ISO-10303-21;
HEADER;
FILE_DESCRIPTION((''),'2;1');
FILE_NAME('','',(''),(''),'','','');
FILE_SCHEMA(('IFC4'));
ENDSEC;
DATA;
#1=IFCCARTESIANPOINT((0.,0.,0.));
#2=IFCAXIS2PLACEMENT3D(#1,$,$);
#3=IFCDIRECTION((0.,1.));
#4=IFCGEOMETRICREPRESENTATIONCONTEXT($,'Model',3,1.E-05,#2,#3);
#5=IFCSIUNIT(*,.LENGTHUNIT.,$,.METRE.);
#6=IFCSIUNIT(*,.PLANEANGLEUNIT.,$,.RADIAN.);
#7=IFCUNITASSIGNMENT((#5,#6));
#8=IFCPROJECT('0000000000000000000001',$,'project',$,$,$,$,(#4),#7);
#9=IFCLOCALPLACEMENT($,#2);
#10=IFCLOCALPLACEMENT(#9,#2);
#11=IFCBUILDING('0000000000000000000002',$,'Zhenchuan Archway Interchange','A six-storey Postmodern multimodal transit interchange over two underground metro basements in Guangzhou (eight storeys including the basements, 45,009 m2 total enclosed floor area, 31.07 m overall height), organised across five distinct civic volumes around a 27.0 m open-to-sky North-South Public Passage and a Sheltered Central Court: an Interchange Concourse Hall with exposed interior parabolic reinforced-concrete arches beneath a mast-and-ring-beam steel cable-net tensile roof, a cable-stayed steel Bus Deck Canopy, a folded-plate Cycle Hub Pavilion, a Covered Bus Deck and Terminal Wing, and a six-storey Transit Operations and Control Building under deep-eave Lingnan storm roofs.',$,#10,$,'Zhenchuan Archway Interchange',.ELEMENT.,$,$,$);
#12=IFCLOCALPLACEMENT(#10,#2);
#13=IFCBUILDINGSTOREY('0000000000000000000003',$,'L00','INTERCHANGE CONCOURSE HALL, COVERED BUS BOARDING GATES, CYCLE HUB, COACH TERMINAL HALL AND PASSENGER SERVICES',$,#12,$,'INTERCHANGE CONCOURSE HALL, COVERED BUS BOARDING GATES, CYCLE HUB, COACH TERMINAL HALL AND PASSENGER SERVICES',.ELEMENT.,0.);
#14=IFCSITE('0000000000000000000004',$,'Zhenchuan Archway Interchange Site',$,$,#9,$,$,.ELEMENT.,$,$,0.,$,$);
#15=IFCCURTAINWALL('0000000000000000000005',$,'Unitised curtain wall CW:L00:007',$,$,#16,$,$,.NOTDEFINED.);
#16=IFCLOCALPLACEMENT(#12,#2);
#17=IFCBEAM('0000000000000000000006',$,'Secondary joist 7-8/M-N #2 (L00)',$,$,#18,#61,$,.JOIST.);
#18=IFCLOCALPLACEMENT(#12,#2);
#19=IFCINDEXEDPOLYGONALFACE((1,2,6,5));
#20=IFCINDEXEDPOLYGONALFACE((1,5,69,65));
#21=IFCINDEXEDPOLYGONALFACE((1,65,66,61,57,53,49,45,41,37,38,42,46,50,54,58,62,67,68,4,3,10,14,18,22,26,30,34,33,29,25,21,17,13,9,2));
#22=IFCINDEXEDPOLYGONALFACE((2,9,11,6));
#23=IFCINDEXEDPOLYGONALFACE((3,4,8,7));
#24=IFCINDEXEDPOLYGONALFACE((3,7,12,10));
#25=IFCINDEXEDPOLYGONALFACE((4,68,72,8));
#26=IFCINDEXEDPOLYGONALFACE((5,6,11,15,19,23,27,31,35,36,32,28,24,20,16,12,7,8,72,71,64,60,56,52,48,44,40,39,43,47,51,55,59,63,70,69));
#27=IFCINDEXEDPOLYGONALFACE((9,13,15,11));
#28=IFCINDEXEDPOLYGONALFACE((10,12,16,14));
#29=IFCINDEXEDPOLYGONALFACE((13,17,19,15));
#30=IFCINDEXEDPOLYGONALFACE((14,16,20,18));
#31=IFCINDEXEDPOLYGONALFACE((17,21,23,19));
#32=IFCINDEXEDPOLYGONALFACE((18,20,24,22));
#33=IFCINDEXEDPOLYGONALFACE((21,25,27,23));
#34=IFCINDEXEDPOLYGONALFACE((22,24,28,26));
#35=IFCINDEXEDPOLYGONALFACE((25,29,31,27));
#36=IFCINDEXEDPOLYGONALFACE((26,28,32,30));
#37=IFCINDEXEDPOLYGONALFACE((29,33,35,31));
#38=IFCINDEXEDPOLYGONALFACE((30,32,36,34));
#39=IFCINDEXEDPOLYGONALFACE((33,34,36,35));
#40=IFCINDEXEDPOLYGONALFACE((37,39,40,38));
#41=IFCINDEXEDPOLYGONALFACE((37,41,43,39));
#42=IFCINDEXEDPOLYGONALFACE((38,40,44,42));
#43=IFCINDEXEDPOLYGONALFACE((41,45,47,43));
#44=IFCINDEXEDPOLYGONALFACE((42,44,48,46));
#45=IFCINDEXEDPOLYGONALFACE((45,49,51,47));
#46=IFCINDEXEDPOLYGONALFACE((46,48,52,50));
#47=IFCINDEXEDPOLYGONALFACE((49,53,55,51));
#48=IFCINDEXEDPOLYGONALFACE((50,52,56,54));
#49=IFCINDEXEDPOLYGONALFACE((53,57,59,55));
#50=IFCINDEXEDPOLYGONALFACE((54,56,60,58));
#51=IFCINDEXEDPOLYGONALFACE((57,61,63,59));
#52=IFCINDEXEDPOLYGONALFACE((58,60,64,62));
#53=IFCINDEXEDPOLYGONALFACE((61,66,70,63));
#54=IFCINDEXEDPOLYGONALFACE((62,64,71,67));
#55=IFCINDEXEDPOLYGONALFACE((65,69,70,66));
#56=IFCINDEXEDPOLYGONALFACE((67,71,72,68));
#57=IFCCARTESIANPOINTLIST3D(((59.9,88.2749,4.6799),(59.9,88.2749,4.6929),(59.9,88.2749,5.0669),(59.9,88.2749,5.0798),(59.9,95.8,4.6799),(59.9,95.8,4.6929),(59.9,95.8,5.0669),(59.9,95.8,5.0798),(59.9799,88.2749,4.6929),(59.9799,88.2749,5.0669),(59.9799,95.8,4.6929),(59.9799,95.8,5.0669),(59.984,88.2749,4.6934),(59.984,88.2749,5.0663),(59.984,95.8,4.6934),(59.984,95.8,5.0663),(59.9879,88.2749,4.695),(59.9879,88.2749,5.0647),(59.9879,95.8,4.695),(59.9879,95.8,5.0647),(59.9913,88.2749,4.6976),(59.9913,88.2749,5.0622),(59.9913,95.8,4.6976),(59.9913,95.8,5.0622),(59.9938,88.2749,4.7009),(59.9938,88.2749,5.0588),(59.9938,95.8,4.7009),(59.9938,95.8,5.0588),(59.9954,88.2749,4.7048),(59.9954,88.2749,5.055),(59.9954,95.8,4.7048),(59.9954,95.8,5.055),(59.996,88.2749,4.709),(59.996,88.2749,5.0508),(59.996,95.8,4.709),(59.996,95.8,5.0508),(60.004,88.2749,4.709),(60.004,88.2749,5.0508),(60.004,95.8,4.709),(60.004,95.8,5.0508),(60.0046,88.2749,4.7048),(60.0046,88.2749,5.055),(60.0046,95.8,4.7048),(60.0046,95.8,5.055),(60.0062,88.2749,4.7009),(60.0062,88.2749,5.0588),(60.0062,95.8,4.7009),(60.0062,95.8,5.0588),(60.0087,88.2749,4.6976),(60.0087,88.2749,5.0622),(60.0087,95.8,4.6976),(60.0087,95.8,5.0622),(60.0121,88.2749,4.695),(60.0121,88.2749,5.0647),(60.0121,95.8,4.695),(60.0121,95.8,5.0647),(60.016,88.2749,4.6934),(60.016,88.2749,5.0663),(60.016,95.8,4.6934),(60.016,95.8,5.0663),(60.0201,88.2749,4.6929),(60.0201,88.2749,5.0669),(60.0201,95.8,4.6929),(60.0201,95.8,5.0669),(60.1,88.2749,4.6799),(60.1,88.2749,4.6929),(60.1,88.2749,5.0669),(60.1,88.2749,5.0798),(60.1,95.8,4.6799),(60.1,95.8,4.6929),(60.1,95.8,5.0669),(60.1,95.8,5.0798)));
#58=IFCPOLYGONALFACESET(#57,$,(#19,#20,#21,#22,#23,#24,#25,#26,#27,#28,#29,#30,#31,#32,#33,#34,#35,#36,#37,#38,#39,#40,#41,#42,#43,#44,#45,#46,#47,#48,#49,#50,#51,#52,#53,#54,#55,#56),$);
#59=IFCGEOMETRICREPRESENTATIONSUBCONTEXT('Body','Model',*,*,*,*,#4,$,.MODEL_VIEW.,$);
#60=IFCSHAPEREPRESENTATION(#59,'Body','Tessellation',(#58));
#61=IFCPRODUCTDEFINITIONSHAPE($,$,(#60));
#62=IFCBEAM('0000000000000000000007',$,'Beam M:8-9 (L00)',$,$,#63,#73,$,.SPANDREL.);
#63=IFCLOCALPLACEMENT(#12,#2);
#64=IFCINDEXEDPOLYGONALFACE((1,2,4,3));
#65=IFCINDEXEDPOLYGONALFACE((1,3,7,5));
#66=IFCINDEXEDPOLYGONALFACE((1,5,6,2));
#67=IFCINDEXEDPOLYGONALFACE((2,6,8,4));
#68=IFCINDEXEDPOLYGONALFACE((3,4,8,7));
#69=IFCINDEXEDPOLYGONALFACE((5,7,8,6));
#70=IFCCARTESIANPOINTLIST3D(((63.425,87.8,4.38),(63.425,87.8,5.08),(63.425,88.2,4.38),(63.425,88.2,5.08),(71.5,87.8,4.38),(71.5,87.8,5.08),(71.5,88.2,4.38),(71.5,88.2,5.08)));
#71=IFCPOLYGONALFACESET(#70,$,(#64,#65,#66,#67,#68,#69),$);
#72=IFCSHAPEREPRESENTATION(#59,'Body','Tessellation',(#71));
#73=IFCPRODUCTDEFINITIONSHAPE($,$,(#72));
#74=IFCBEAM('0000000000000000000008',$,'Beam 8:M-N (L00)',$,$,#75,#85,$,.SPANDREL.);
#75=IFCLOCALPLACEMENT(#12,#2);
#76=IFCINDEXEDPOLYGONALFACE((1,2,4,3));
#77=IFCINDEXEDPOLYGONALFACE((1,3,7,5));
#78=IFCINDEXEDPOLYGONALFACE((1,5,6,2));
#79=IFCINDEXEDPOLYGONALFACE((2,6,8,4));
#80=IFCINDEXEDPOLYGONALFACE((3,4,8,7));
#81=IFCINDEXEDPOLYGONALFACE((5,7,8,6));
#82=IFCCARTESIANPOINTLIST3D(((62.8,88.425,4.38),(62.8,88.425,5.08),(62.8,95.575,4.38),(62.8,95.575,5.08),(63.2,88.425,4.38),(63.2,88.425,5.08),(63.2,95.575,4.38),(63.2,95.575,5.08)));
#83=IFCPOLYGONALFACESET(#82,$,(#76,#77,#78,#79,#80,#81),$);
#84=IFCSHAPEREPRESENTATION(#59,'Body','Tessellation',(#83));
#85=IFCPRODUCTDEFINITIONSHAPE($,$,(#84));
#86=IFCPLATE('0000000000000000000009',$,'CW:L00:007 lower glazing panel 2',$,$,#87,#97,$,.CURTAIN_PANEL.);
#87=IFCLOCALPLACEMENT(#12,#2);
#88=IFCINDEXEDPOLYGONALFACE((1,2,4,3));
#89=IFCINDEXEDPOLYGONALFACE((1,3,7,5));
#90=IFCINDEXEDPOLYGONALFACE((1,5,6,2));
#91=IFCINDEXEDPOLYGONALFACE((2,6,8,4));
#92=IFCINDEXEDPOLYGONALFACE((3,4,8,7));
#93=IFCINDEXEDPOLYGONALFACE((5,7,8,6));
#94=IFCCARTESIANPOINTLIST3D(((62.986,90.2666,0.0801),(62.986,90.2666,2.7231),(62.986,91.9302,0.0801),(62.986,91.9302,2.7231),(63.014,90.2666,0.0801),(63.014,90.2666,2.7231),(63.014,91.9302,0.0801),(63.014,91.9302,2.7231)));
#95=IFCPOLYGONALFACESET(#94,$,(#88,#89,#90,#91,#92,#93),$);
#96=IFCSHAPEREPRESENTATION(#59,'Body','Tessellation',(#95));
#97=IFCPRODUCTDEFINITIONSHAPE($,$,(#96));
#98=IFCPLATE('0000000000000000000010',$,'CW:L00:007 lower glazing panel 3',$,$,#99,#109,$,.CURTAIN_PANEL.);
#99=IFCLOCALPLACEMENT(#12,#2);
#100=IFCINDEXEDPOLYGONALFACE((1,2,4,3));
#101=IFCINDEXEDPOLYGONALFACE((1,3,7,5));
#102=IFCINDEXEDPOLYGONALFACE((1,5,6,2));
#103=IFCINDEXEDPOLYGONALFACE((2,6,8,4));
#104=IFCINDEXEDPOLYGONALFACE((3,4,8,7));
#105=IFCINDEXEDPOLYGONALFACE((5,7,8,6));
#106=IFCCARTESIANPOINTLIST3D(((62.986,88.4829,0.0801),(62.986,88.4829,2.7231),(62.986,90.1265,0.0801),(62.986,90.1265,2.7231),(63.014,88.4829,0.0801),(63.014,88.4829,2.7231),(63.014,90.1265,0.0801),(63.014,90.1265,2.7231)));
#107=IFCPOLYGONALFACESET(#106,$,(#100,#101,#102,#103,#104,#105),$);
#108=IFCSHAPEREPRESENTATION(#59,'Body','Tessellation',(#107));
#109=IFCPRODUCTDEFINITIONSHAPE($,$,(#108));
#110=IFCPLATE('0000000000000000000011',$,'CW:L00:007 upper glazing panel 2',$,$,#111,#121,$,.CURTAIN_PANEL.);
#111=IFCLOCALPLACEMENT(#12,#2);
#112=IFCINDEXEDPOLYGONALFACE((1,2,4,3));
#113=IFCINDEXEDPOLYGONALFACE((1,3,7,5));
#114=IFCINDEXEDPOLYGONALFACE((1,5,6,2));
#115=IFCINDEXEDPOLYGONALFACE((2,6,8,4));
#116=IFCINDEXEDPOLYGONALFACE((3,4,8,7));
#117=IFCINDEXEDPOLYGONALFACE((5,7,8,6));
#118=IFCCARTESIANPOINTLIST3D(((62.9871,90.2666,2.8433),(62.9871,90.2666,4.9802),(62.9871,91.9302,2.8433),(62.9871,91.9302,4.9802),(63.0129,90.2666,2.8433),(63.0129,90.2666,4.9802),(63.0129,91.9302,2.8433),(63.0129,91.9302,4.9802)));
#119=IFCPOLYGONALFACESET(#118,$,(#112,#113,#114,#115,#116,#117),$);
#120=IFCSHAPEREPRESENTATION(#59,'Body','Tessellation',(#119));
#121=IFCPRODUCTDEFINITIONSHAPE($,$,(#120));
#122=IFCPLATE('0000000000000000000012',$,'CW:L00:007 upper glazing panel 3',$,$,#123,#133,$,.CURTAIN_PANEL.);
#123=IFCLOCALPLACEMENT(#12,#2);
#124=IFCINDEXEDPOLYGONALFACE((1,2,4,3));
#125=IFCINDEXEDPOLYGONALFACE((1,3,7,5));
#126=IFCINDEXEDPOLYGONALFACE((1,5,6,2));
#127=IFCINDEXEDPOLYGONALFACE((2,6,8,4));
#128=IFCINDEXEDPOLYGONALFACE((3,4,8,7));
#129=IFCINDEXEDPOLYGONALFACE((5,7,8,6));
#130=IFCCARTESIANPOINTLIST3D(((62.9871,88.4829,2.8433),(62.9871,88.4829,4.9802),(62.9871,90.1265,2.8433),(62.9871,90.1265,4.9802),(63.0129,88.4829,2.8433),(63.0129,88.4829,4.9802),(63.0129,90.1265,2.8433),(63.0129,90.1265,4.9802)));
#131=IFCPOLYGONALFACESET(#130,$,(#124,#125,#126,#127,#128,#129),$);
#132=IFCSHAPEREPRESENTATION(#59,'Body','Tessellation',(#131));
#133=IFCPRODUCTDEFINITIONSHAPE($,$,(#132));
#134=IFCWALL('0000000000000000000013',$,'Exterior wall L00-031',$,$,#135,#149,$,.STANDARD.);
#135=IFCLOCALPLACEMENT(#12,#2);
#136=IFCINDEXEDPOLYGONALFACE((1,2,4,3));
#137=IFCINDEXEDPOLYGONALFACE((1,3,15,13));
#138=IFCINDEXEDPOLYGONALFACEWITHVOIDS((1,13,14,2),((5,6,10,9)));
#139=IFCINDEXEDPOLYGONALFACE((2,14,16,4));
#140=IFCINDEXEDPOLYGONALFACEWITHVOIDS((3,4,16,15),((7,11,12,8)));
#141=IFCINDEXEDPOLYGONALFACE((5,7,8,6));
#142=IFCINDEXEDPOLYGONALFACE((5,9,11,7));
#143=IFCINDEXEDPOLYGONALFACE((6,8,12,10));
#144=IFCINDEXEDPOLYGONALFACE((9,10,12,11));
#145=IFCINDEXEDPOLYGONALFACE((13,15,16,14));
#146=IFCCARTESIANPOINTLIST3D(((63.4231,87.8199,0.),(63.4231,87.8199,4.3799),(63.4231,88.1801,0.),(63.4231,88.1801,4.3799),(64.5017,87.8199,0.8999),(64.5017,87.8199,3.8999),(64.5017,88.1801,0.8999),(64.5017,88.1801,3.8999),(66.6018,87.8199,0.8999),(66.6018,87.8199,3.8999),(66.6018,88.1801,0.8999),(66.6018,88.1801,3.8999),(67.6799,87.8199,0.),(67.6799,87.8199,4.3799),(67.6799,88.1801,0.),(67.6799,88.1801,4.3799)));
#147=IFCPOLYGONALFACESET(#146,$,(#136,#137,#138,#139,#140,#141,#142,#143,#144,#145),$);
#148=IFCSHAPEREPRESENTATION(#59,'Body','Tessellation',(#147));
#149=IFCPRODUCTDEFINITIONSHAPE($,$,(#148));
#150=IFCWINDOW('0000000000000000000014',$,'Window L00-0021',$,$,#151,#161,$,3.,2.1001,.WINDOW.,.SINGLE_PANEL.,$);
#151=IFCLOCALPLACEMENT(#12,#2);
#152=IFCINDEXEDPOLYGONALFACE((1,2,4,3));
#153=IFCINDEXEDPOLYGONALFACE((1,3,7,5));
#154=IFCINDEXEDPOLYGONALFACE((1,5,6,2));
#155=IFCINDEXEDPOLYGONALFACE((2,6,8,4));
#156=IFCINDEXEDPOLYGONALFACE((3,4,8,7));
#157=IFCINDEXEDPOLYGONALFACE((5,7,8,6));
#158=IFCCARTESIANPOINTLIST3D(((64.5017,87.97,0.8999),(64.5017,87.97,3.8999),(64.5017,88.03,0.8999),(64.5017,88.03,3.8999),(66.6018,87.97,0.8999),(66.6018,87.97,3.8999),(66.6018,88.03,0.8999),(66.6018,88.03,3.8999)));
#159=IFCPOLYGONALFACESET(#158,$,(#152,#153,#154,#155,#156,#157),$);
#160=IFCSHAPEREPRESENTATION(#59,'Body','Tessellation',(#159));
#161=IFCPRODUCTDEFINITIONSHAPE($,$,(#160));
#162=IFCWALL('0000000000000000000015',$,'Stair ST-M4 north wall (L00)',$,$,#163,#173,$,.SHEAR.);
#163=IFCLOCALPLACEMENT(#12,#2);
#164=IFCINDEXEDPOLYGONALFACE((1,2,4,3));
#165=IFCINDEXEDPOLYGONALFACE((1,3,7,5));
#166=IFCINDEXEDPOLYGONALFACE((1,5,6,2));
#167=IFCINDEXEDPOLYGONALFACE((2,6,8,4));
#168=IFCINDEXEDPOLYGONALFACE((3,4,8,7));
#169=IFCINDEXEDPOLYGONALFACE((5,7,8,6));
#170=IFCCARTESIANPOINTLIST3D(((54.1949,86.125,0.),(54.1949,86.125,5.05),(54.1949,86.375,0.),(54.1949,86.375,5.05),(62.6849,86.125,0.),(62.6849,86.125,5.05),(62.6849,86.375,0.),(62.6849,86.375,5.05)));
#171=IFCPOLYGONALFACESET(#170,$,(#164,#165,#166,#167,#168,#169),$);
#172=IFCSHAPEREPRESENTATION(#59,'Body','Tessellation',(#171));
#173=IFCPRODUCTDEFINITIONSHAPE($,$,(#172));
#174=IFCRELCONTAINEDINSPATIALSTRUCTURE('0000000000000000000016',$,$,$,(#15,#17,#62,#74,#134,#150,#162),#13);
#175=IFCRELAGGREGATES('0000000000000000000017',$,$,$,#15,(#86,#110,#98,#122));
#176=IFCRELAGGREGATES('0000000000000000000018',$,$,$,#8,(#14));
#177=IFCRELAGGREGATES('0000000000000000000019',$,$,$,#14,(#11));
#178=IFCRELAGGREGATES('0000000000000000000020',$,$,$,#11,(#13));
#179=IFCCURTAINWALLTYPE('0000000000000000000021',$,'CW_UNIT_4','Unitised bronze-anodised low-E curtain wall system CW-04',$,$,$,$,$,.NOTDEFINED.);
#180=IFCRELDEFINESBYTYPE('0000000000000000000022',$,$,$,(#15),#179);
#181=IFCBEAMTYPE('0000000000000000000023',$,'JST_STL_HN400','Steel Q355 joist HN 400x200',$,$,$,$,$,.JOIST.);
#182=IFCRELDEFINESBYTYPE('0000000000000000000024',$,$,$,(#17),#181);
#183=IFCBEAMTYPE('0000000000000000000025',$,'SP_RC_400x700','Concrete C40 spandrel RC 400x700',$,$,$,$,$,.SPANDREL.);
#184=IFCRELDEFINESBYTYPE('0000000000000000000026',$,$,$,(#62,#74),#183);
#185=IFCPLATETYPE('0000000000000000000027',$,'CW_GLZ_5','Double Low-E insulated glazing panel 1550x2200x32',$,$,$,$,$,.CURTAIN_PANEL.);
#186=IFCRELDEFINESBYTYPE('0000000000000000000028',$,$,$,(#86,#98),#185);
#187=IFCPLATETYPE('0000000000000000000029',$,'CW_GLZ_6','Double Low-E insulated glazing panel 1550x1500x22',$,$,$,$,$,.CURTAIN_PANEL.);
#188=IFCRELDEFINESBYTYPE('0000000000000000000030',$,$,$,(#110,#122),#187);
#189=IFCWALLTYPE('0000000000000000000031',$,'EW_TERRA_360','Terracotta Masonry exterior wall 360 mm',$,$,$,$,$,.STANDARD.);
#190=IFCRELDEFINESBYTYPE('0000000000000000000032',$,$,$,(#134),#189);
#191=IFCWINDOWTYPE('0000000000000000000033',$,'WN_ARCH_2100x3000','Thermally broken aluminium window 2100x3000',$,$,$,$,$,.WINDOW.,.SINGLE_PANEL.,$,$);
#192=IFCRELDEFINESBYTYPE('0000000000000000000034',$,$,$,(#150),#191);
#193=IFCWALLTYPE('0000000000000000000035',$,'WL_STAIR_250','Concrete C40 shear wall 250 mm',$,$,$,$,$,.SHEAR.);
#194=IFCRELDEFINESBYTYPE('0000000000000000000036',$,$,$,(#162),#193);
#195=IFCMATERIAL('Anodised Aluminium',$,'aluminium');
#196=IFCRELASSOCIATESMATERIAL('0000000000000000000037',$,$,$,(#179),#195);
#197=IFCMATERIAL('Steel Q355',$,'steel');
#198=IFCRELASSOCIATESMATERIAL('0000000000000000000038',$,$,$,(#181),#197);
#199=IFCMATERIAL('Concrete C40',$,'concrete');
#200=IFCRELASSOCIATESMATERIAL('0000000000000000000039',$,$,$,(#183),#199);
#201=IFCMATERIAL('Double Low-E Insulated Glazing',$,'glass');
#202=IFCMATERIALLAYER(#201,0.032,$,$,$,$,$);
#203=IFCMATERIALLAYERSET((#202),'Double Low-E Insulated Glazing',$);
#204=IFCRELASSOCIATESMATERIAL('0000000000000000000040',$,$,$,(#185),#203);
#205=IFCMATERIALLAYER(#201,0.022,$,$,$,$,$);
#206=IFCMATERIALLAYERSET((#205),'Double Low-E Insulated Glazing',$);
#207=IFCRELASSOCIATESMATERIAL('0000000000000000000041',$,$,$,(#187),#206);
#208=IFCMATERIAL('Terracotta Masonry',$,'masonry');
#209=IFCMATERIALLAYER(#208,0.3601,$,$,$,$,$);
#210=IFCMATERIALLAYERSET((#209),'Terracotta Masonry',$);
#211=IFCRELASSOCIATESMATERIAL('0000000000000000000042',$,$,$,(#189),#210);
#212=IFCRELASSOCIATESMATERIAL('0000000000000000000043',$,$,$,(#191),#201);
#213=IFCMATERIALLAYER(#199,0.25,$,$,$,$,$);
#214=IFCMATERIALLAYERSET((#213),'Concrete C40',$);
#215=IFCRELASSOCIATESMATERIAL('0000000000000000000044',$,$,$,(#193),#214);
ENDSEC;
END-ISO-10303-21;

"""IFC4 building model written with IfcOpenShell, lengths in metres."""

from ifc_helpers import new_model, si_unit, direction, frame, frame_2d, origin, origin_2d, place, context, subcontext, project, spatial, rectangle, i_section, extrude, material, layer, layer_set, material_profile, profile_set, type_object, element, fill, aggregate, save


model = new_model("IFC4")

# Units and contexts
model_context = context("Model", 3, precision=1e-05, world=origin(), true_north=direction((0.0, 1.0)))
body_context = subcontext(model_context, "Body", "Model", "MODEL_VIEW")
ifc_project = project(units=[si_unit("LENGTHUNIT", "METRE"), si_unit("PLANEANGLEUNIT", "RADIAN")], contexts=[model_context])

# Site, building, storey
site_placement = place(None, origin())
site = spatial("IfcSite", under=ifc_project, at=site_placement, Name="Zhenchuan Archway Interchange Site", CompositionType="ELEMENT", RefElevation=0.0)
building_placement = place(site_placement, origin())
building = spatial("IfcBuilding", under=site, at=building_placement, Name="Zhenchuan Archway Interchange", Description="A six-storey Postmodern multimodal transit interchange over two underground metro basements in Guangzhou (eight storeys including the basements, 45,009 m2 total enclosed floor area, 31.07 m overall height), organised across five distinct civic volumes around a 27.0 m open-to-sky North-South Public Passage and a Sheltered Central Court: an Interchange Concourse Hall with exposed interior parabolic reinforced-concrete arches beneath a mast-and-ring-beam steel cable-net tensile roof, a cable-stayed steel Bus Deck Canopy, a folded-plate Cycle Hub Pavilion, a Covered Bus Deck and Terminal Wing, and a six-storey Transit Operations and Control Building under deep-eave Lingnan storm roofs.", LongName="Zhenchuan Archway Interchange", CompositionType="ELEMENT")
storey_placement = place(building_placement, origin())
storey = spatial("IfcBuildingStorey", under=building, at=storey_placement, Name="L00", Description="INTERCHANGE CONCOURSE HALL, COVERED BUS BOARDING GATES, CYCLE HUB, COACH TERMINAL HALL AND PASSENGER SERVICES", LongName="INTERCHANGE CONCOURSE HALL, COVERED BUS BOARDING GATES, CYCLE HUB, COACH TERMINAL HALL AND PASSENGER SERVICES", CompositionType="ELEMENT", Elevation=0.0)

# Shared definitions
ifc_material_1 = material(Name="Concrete C40", Category="concrete")

# Curtain wall
ifc_material_2 = material(Name="Anodised Aluminium", Category="aluminium")
curtain_wall_type = type_object("IfcCurtainWallType", Name="CW_UNIT_4", Description="Unitised bronze-anodised low-E curtain wall system CW-04", PredefinedType="NOTDEFINED", material=ifc_material_2)
curtain_wall_placement = place(storey_placement, origin())
curtain_wall = element("IfcCurtainWall", 1, at=curtain_wall_placement, inside=storey, type_object=curtain_wall_type, Name="Unitised curtain wall CW:L00:007", PredefinedType="NOTDEFINED")

# Beams
ifc_material_3 = material(Name="Steel Q355", Category="steel")
ifc_material_profile_1 = material_profile(ifc_material_3, i_section(OverallWidth=0.2, OverallDepth=0.3999, WebThickness=0.0081, FlangeThickness=0.0129, FilletRadius=0.0161, at=origin_2d()), Name="HN 400x200")
ifc_profile_set_1 = profile_set([ifc_material_profile_1], Name="Steel Q355")
beam_type_1 = type_object("IfcBeamType", Name="JST_STL_HN400", Description="Steel Q355 joist HN 400x200", PredefinedType="JOIST", material=ifc_profile_set_1)
for number, where, z_axis, x_axis, name in (
    (2, (60.0, 88.2749, 4.8799), (0.0, 1.0, 0.0), (-1.0, 0.0, 0.0), "Secondary joist 7-8/M-N #2 (L00)"),
):
    element("IfcBeam", number, at=place(storey_placement, frame(where, z_axis=z_axis, x_axis=x_axis)), inside=storey, type_object=beam_type_1, Name=name, PredefinedType="JOIST", context=body_context, shape_type="SweptSolid", body=[
        extrude(i_section(OverallWidth=0.2, OverallDepth=0.3999, WebThickness=0.0081, FlangeThickness=0.0129, FilletRadius=0.0161, at=origin_2d()), origin(), (0.0, 0.0, 1.0), 7.5251),
    ])
ifc_material_profile_2 = material_profile(ifc_material_1, rectangle(XDim=0.3999, YDim=0.7, at=origin_2d()), Name="RC 400x700")
ifc_profile_set_2 = profile_set([ifc_material_profile_2], Name="Concrete C40")
beam_type_2 = type_object("IfcBeamType", Name="SP_RC_400x700", Description="Concrete C40 spandrel RC 400x700", PredefinedType="SPANDREL", material=ifc_profile_set_2)
beam_1_placement = place(storey_placement, frame((63.425, 88.0, 4.73), z_axis=(1.0, 0.0, 0.0), x_axis=(0.0, 1.0, 0.0)))
element("IfcBeam", 3, at=beam_1_placement, inside=storey, type_object=beam_type_2, Name="Beam M:8-9 (L00)", PredefinedType="SPANDREL", context=body_context, shape_type="SweptSolid", body=[
    extrude(rectangle(XDim=0.3999, YDim=0.7, at=origin_2d()), origin(), (0.0, 0.0, 1.0), 8.075),
])
beam_2_placement = place(storey_placement, frame((63.0, 88.425, 4.73), z_axis=(0.0, 1.0, 0.0), x_axis=(-1.0, 0.0, 0.0)))
element("IfcBeam", 4, at=beam_2_placement, inside=storey, type_object=beam_type_2, Name="Beam 8:M-N (L00)", PredefinedType="SPANDREL", context=body_context, shape_type="SweptSolid", body=[
    extrude(rectangle(XDim=0.3999, YDim=0.7, at=origin_2d()), origin(), (0.0, 0.0, 1.0), 7.1499),
])

# Plates
ifc_material_4 = material(Name="Double Low-E Insulated Glazing", Category="glass")
ifc_layer_1 = layer(ifc_material_4, 0.032)
ifc_layer_set_1 = layer_set([ifc_layer_1], Name="Double Low-E Insulated Glazing")
plate_type_1 = type_object("IfcPlateType", Name="CW_GLZ_5", Description="Double Low-E insulated glazing panel 1550x2200x32", PredefinedType="CURTAIN_PANEL", material=ifc_layer_set_1)
plate_1_placement = place(storey_placement, frame((63.0, 91.0984, 0.0801), z_axis=(0.0, 0.0, 1.0), x_axis=(0.0, -1.0, 0.0)))
plate_1 = element("IfcPlate", 5, at=plate_1_placement, type_object=plate_type_1, Name="CW:L00:007 lower glazing panel 2", PredefinedType="CURTAIN_PANEL", context=body_context, shape_type="SweptSolid", body=[
    extrude(rectangle(XDim=1.6636, YDim=0.0281, at=origin_2d()), origin(), (0.0, 0.0, 1.0), 2.6431),
])
plate_2_placement = place(storey_placement, frame((63.0, 89.3047, 0.0801), z_axis=(0.0, 0.0, 1.0), x_axis=(0.0, -1.0, 0.0)))
plate_2 = element("IfcPlate", 6, at=plate_2_placement, type_object=plate_type_1, Name="CW:L00:007 lower glazing panel 3", PredefinedType="CURTAIN_PANEL", context=body_context, shape_type="SweptSolid", body=[
    extrude(rectangle(XDim=1.6436, YDim=0.0281, at=origin_2d()), origin(), (0.0, 0.0, 1.0), 2.6431),
])
ifc_layer_2 = layer(ifc_material_4, 0.022)
ifc_layer_set_2 = layer_set([ifc_layer_2], Name="Double Low-E Insulated Glazing")
plate_type_2 = type_object("IfcPlateType", Name="CW_GLZ_6", Description="Double Low-E insulated glazing panel 1550x1500x22", PredefinedType="CURTAIN_PANEL", material=ifc_layer_set_2)
plate_3_placement = place(storey_placement, frame((63.0, 91.0984, 2.8433), z_axis=(0.0, 0.0, 1.0), x_axis=(0.0, -1.0, 0.0)))
plate_3 = element("IfcPlate", 7, at=plate_3_placement, type_object=plate_type_2, Name="CW:L00:007 upper glazing panel 2", PredefinedType="CURTAIN_PANEL", context=body_context, shape_type="SweptSolid", body=[
    extrude(rectangle(XDim=1.6636, YDim=0.0259, at=origin_2d()), origin(), (0.0, 0.0, 1.0), 2.137),
])
plate_4_placement = place(storey_placement, frame((63.0, 89.3047, 2.8433), z_axis=(0.0, 0.0, 1.0), x_axis=(0.0, -1.0, 0.0)))
plate_4 = element("IfcPlate", 8, at=plate_4_placement, type_object=plate_type_2, Name="CW:L00:007 upper glazing panel 3", PredefinedType="CURTAIN_PANEL", context=body_context, shape_type="SweptSolid", body=[
    extrude(rectangle(XDim=1.6436, YDim=0.0259, at=origin_2d()), origin(), (0.0, 0.0, 1.0), 2.137),
])
aggregate(curtain_wall, [plate_1, plate_3, plate_2, plate_4])

# Wall, opening, window
ifc_material_5 = material(Name="Terracotta Masonry", Category="masonry")
ifc_layer_3 = layer(ifc_material_5, 0.3601)
ifc_layer_set_3 = layer_set([ifc_layer_3], Name="Terracotta Masonry")
wall_type_1 = type_object("IfcWallType", Name="EW_TERRA_360", Description="Terracotta Masonry exterior wall 360 mm", PredefinedType="STANDARD", material=ifc_layer_set_3)
wall_1_placement = place(storey_placement, frame((63.4231, 88.0, 0.0), z_axis=(0.0, 0.0, 1.0), x_axis=(1.0, 0.0, 0.0)))
wall_1 = element("IfcWall", 9, at=wall_1_placement, inside=storey, type_object=wall_type_1, Name="Exterior wall L00-031", PredefinedType="STANDARD", context=body_context, shape_type="SweptSolid", body=[
    extrude(rectangle(XDim=4.2568, YDim=0.3601, at=frame_2d((2.1284, 0.0))), origin(), (0.0, 0.0, 1.0), 4.3799),
])
opening_placement = place(wall_1_placement, frame((1.0786, 0.0, 0.8999)))
opening = element("IfcOpeningElement", 10, at=opening_placement, cuts=wall_1, PredefinedType="OPENING", context=body_context, shape_type="SweptSolid", body=[
    extrude(rectangle(XDim=2.1001, YDim=3.0, at=frame_2d((1.05, 1.5))), frame((0.0, 0.1919, 0.0), z_axis=(0.0, -1.0, 0.0), x_axis=(1.0, 0.0, 0.0)), (0.0, 0.0, 1.0), 0.384),
])
window_type = type_object("IfcWindowType", Name="WN_ARCH_2100x3000", Description="Thermally broken aluminium window 2100x3000", PartitioningType="SINGLE_PANEL", PredefinedType="WINDOW", material=ifc_material_4)
window_placement = place(opening_placement, origin())
window = element("IfcWindow", 11, at=window_placement, inside=storey, type_object=window_type, Name="Window L00-0021", OverallHeight=3.0, OverallWidth=2.1001, PartitioningType="SINGLE_PANEL", PredefinedType="WINDOW", context=body_context, shape_type="SweptSolid", body=[
    extrude(rectangle(XDim=2.1001, YDim=3.0, at=frame_2d((1.05, 1.5))), frame((0.0, 0.03, 0.0), z_axis=(0.0, -1.0, 0.0), x_axis=(1.0, 0.0, 0.0)), (0.0, 0.0, 1.0), 0.0601),
])
fill(opening, window)

# Wall
ifc_layer_4 = layer(ifc_material_1, 0.25)
ifc_layer_set_4 = layer_set([ifc_layer_4], Name="Concrete C40")
wall_type_2 = type_object("IfcWallType", Name="WL_STAIR_250", Description="Concrete C40 shear wall 250 mm", PredefinedType="SHEAR", material=ifc_layer_set_4)
wall_2_placement = place(storey_placement, frame((62.6851, 86.25, 0.0), z_axis=(0.0, 0.0, 1.0), x_axis=(-1.0, 0.0, 0.0)))
element("IfcWall", 12, at=wall_2_placement, inside=storey, type_object=wall_type_2, Name="Stair ST-M4 north wall (L00)", PredefinedType="SHEAR", context=body_context, shape_type="SweptSolid", body=[
    extrude(rectangle(XDim=8.49, YDim=0.25, at=frame_2d((4.2451, 0.0))), origin(), (0.0, 0.0, 1.0), 5.05),
])

save(model, "model.ifc")
